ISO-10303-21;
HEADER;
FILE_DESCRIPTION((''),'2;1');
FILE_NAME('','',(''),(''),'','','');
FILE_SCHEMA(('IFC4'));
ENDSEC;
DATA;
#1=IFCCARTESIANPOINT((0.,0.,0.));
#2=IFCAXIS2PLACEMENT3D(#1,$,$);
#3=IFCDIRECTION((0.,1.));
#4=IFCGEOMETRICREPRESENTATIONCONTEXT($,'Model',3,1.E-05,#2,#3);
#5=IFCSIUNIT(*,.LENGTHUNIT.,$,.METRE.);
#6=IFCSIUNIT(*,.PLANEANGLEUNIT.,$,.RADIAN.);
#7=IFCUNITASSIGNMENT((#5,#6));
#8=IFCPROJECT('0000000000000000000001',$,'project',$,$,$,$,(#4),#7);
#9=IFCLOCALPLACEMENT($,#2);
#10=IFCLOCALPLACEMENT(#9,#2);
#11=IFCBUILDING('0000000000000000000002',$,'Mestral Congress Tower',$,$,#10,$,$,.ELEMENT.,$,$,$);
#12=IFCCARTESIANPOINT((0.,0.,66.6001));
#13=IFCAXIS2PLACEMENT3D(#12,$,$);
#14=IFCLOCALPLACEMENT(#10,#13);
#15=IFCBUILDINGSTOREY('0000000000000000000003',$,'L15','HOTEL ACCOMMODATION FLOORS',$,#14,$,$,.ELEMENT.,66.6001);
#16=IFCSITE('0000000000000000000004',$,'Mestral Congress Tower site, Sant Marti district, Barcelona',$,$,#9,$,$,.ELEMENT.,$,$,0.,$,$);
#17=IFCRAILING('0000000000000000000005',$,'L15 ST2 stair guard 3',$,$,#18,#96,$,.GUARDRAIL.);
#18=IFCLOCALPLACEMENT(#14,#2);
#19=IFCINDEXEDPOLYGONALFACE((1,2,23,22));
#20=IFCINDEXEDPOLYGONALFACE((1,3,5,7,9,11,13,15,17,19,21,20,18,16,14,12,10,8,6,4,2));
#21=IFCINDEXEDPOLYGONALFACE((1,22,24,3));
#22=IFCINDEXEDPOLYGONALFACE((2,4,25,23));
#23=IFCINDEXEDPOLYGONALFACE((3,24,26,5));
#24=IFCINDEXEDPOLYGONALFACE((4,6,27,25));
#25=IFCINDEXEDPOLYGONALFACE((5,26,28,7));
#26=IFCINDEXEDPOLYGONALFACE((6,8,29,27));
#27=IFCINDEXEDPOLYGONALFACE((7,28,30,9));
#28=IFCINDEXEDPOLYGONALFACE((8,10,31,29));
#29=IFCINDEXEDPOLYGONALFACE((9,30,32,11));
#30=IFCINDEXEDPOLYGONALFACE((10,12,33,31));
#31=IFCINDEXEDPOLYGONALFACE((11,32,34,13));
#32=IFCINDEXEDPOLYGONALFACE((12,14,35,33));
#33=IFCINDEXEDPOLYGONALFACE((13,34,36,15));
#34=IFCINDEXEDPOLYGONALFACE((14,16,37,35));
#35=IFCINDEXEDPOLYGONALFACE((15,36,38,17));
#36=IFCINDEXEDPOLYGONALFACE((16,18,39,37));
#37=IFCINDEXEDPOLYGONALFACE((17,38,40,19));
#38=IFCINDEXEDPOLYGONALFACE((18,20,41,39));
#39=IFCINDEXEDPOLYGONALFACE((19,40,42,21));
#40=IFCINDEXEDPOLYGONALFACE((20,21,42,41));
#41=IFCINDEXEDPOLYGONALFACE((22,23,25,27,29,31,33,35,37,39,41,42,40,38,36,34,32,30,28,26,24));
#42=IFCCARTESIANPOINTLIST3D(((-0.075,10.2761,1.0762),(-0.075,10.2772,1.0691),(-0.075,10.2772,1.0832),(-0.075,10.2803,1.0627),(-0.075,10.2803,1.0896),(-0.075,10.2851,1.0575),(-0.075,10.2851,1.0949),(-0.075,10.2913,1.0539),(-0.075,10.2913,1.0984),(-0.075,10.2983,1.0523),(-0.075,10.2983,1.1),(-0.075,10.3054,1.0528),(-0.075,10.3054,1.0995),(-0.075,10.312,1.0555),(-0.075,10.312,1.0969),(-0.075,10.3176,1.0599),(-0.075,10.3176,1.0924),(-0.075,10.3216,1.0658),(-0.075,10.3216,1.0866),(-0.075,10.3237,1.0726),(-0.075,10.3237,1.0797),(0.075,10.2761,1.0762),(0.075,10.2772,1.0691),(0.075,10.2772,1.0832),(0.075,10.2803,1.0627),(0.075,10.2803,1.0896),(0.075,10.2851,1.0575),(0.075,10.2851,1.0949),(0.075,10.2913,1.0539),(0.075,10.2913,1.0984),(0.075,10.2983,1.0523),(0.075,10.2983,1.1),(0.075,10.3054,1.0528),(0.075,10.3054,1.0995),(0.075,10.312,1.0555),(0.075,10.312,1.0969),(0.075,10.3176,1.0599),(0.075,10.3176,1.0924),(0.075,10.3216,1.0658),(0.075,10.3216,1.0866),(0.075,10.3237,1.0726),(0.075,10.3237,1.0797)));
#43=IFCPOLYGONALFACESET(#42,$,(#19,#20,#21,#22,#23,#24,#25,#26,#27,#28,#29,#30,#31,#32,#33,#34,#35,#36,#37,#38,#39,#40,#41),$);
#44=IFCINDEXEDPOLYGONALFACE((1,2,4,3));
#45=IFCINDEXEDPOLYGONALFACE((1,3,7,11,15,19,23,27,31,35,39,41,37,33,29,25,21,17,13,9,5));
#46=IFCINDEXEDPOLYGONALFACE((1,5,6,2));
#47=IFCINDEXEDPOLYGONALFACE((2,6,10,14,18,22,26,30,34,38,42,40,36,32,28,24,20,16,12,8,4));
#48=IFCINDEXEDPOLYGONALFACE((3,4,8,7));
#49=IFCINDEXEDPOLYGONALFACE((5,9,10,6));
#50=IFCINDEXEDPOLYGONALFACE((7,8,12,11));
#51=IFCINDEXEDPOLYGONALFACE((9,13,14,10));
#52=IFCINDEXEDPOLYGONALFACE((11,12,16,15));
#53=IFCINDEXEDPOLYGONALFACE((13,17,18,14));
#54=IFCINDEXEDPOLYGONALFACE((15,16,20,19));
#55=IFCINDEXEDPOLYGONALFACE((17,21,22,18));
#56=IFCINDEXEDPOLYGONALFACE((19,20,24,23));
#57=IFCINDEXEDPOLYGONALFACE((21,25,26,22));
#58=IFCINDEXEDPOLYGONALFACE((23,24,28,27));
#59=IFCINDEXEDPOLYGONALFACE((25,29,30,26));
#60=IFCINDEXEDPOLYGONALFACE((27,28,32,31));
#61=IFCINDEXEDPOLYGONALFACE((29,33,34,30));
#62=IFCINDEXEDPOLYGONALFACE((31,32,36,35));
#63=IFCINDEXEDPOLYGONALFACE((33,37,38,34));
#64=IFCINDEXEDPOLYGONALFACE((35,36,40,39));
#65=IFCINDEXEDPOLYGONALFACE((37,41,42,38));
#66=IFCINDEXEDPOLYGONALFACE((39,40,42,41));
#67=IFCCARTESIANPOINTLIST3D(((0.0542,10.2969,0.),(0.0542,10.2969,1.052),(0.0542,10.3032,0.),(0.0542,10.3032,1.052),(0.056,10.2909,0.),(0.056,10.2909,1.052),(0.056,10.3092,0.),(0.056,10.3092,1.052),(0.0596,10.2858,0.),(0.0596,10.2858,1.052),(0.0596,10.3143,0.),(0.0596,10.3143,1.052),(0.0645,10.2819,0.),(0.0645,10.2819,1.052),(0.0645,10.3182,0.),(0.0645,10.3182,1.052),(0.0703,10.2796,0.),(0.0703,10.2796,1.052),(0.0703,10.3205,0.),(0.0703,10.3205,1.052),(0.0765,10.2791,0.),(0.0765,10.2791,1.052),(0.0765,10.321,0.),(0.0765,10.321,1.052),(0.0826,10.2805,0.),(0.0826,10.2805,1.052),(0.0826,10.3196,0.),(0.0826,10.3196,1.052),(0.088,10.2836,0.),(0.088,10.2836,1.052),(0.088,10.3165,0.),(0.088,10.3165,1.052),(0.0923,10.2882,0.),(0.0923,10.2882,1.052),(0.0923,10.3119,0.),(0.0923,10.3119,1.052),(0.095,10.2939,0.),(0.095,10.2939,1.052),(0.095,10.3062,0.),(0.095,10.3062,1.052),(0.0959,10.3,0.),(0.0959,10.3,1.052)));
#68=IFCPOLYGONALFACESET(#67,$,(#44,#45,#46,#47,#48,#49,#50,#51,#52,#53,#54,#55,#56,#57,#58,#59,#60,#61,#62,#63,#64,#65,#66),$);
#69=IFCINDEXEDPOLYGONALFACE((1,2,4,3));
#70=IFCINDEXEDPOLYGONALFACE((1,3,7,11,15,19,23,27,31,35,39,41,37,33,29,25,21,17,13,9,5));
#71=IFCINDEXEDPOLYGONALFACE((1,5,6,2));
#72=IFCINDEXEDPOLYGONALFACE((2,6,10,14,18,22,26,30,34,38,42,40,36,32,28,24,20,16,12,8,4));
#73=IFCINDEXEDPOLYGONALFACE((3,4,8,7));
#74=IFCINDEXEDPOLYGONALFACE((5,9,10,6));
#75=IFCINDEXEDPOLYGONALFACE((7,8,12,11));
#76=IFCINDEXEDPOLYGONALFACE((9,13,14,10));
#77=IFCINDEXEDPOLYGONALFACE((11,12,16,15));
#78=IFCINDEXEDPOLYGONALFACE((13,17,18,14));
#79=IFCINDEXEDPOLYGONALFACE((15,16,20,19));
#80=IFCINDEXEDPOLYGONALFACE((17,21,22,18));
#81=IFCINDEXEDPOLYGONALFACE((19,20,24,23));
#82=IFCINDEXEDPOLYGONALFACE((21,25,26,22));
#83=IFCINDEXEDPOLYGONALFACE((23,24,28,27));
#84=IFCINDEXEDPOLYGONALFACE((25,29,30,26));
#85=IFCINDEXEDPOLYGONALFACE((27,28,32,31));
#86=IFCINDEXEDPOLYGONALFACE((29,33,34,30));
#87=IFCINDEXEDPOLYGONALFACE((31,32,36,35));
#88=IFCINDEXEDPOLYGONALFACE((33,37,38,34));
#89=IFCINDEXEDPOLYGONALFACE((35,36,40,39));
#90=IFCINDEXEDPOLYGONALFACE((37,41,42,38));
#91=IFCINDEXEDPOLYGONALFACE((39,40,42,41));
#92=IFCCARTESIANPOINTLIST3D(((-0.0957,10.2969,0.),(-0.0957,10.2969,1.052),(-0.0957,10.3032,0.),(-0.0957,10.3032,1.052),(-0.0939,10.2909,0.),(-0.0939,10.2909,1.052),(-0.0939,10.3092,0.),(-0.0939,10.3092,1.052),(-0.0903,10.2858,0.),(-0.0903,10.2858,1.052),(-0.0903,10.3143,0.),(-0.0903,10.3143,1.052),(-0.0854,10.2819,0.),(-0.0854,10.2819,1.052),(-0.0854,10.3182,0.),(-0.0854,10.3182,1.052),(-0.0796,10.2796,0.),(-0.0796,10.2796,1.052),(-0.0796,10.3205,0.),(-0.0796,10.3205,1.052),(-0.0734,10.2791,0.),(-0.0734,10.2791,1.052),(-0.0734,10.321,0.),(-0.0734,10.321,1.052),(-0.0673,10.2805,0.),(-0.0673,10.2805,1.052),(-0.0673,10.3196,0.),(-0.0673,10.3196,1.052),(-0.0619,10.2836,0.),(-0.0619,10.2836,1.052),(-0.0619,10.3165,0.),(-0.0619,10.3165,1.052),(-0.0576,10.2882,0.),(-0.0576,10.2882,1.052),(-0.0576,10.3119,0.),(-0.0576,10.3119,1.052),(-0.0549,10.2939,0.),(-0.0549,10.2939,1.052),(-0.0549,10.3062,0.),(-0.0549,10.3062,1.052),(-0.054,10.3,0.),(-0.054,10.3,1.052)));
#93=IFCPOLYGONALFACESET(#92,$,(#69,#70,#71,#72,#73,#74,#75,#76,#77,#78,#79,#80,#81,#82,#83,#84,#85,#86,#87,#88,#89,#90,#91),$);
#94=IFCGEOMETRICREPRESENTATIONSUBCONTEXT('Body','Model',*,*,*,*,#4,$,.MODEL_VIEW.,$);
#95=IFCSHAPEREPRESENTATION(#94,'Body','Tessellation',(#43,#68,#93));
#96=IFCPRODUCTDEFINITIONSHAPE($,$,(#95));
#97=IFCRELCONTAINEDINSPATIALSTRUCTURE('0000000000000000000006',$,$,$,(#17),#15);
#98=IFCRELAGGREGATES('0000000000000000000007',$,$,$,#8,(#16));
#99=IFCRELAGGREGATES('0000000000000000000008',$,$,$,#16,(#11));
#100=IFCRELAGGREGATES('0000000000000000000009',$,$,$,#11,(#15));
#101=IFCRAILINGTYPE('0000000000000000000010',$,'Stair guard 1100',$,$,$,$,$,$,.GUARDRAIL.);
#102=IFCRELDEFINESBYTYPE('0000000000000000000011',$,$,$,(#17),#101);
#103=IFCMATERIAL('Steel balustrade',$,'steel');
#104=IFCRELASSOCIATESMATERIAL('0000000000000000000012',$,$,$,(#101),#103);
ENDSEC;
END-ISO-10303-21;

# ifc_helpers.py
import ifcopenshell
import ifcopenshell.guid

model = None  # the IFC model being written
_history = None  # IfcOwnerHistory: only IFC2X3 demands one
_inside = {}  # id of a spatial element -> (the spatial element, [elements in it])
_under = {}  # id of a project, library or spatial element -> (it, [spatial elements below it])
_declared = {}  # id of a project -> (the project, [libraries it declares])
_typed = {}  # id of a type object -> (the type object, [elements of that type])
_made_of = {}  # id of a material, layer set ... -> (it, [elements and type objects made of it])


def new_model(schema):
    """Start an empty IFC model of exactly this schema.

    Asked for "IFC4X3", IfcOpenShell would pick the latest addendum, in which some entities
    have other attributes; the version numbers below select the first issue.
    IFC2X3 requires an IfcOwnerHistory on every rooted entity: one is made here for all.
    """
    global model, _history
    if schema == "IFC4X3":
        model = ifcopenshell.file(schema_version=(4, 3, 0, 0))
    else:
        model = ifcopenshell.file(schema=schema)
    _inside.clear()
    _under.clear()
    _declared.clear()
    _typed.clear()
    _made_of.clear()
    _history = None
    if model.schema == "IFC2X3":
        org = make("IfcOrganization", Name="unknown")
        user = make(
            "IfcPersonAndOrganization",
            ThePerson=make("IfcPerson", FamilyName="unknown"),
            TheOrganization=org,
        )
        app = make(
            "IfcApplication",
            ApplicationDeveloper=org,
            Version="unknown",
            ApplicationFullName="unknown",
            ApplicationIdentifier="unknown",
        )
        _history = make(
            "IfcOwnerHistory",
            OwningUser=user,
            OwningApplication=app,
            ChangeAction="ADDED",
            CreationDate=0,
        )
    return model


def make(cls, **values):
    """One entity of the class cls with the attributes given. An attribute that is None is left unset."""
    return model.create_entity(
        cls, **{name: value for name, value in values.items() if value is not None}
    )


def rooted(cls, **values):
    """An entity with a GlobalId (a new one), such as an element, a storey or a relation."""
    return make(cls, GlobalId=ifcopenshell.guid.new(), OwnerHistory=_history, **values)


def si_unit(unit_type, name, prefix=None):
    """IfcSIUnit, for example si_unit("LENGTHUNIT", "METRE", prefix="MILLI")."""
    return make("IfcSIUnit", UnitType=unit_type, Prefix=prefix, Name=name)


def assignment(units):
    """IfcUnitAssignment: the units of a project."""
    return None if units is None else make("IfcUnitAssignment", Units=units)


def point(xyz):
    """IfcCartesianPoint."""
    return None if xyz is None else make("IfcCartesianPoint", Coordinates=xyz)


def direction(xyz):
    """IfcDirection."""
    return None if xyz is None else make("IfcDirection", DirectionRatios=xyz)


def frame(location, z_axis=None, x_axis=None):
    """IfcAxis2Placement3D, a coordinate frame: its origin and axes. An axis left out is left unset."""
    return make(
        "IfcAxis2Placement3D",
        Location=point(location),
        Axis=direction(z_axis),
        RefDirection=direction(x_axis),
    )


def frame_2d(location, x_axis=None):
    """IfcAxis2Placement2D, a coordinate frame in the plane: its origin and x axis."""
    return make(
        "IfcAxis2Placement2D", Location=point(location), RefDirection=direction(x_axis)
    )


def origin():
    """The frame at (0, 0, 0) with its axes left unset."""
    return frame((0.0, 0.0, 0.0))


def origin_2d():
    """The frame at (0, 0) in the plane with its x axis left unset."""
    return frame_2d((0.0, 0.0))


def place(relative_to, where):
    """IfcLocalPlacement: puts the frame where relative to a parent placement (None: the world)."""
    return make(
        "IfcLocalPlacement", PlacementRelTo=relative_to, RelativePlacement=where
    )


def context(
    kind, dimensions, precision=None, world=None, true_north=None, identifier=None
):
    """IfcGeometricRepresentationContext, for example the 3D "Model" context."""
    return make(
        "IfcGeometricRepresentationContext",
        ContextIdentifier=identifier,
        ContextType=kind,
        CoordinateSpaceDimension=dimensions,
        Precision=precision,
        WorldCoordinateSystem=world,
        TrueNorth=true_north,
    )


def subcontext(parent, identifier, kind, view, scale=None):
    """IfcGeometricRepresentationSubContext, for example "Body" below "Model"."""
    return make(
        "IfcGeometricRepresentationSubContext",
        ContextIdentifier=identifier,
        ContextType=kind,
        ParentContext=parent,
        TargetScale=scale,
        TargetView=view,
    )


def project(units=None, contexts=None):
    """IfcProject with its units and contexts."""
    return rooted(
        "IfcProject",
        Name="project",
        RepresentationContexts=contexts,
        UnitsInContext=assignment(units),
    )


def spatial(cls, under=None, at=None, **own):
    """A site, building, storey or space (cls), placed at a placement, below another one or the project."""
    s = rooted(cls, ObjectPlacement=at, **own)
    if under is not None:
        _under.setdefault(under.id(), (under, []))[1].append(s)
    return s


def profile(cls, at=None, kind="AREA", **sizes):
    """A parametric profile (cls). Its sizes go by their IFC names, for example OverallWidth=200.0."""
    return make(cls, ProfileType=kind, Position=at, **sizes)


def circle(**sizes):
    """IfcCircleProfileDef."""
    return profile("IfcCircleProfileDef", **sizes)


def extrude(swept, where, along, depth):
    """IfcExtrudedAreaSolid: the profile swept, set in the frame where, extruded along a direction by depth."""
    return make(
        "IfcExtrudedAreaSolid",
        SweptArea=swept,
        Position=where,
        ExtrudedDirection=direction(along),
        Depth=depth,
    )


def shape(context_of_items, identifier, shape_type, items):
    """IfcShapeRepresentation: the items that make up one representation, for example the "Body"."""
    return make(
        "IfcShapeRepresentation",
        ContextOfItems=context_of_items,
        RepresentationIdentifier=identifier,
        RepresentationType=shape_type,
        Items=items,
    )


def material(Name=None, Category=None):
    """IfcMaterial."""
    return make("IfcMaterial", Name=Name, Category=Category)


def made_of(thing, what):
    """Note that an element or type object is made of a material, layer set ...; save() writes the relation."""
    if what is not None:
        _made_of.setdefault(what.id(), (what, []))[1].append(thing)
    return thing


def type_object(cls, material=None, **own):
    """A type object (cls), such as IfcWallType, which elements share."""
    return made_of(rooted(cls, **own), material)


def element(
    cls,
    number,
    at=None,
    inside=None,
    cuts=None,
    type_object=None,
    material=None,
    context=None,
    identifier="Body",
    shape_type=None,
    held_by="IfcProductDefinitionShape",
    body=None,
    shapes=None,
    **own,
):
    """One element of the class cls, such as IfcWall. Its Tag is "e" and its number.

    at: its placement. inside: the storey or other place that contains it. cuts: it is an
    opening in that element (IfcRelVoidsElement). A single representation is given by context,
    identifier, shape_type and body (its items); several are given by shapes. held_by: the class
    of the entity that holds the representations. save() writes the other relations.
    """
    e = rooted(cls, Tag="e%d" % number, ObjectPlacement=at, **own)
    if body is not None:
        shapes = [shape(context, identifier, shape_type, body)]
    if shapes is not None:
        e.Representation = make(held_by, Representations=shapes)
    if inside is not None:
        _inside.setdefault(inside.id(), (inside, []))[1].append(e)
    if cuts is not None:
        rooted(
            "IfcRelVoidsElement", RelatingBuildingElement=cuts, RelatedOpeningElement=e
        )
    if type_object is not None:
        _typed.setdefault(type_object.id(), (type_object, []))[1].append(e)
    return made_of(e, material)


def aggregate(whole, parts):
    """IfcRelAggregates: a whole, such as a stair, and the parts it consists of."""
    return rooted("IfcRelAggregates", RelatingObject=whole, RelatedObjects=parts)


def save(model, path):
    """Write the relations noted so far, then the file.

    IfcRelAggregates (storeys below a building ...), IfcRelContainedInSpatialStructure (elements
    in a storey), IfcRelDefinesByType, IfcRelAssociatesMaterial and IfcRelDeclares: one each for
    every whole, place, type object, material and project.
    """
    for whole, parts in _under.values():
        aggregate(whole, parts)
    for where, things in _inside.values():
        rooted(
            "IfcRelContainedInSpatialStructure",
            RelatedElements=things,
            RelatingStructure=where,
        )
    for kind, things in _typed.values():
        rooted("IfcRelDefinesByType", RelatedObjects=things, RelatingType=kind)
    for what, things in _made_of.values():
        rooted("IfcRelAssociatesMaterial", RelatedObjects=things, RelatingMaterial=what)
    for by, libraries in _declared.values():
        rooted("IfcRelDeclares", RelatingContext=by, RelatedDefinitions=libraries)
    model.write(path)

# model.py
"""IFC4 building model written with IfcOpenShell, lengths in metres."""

from ifc_helpers import new_model, si_unit, direction, frame, origin, origin_2d, place, context, subcontext, project, spatial, circle, extrude, material, type_object, element, save


model = new_model("IFC4")

# Units and contexts
model_context = context("Model", 3, precision=1e-05, world=origin(), true_north=direction((0.0, 1.0)))
body_context = subcontext(model_context, "Body", "Model", "MODEL_VIEW")
ifc_project = project(units=[si_unit("LENGTHUNIT", "METRE"), si_unit("PLANEANGLEUNIT", "RADIAN")], contexts=[model_context])

# Site, building, storey
site_placement = place(None, origin())
site = spatial("IfcSite", under=ifc_project, at=site_placement, Name="Mestral Congress Tower site, Sant Marti district, Barcelona", CompositionType="ELEMENT", RefElevation=0.0)
building_placement = place(site_placement, origin())
building = spatial("IfcBuilding", under=site, at=building_placement, Name="Mestral Congress Tower", CompositionType="ELEMENT")
storey_placement = place(building_placement, frame((0.0, 0.0, 66.6001)))
storey = spatial("IfcBuildingStorey", under=building, at=storey_placement, Name="L15", Description="HOTEL ACCOMMODATION FLOORS", CompositionType="ELEMENT", Elevation=66.6001)

# Railing
ifc_material_1 = material(Name="Steel balustrade", Category="steel")
railing_type_1 = type_object("IfcRailingType", Name="Stair guard 1100", PredefinedType="GUARDRAIL", material=ifc_material_1)
railing_1_placement = place(storey_placement, frame((0.075, 10.3, 0.0)))
element("IfcRailing", 1, at=railing_1_placement, inside=storey, type_object=railing_type_1, Name="L15 ST2 stair guard 3", PredefinedType="GUARDRAIL", context=body_context, shape_type="SweptSolid", body=[
    extrude(circle(Radius=0.0239, at=origin_2d()), frame((0.0, 0.0, 1.0762), z_axis=(-1.0, 0.0, 0.0), x_axis=(0.0, -1.0, 0.0)), (0.0, 0.0, 1.0), 0.1499),
    extrude(circle(Radius=0.021, at=origin_2d()), origin(), (0.0, 0.0, 1.0), 1.052),
    extrude(circle(Radius=0.021, at=origin_2d()), frame((-0.1499, 0.0, 0.0)), (0.0, 0.0, 1.0), 1.052),
])

save(model, "model.ifc")
